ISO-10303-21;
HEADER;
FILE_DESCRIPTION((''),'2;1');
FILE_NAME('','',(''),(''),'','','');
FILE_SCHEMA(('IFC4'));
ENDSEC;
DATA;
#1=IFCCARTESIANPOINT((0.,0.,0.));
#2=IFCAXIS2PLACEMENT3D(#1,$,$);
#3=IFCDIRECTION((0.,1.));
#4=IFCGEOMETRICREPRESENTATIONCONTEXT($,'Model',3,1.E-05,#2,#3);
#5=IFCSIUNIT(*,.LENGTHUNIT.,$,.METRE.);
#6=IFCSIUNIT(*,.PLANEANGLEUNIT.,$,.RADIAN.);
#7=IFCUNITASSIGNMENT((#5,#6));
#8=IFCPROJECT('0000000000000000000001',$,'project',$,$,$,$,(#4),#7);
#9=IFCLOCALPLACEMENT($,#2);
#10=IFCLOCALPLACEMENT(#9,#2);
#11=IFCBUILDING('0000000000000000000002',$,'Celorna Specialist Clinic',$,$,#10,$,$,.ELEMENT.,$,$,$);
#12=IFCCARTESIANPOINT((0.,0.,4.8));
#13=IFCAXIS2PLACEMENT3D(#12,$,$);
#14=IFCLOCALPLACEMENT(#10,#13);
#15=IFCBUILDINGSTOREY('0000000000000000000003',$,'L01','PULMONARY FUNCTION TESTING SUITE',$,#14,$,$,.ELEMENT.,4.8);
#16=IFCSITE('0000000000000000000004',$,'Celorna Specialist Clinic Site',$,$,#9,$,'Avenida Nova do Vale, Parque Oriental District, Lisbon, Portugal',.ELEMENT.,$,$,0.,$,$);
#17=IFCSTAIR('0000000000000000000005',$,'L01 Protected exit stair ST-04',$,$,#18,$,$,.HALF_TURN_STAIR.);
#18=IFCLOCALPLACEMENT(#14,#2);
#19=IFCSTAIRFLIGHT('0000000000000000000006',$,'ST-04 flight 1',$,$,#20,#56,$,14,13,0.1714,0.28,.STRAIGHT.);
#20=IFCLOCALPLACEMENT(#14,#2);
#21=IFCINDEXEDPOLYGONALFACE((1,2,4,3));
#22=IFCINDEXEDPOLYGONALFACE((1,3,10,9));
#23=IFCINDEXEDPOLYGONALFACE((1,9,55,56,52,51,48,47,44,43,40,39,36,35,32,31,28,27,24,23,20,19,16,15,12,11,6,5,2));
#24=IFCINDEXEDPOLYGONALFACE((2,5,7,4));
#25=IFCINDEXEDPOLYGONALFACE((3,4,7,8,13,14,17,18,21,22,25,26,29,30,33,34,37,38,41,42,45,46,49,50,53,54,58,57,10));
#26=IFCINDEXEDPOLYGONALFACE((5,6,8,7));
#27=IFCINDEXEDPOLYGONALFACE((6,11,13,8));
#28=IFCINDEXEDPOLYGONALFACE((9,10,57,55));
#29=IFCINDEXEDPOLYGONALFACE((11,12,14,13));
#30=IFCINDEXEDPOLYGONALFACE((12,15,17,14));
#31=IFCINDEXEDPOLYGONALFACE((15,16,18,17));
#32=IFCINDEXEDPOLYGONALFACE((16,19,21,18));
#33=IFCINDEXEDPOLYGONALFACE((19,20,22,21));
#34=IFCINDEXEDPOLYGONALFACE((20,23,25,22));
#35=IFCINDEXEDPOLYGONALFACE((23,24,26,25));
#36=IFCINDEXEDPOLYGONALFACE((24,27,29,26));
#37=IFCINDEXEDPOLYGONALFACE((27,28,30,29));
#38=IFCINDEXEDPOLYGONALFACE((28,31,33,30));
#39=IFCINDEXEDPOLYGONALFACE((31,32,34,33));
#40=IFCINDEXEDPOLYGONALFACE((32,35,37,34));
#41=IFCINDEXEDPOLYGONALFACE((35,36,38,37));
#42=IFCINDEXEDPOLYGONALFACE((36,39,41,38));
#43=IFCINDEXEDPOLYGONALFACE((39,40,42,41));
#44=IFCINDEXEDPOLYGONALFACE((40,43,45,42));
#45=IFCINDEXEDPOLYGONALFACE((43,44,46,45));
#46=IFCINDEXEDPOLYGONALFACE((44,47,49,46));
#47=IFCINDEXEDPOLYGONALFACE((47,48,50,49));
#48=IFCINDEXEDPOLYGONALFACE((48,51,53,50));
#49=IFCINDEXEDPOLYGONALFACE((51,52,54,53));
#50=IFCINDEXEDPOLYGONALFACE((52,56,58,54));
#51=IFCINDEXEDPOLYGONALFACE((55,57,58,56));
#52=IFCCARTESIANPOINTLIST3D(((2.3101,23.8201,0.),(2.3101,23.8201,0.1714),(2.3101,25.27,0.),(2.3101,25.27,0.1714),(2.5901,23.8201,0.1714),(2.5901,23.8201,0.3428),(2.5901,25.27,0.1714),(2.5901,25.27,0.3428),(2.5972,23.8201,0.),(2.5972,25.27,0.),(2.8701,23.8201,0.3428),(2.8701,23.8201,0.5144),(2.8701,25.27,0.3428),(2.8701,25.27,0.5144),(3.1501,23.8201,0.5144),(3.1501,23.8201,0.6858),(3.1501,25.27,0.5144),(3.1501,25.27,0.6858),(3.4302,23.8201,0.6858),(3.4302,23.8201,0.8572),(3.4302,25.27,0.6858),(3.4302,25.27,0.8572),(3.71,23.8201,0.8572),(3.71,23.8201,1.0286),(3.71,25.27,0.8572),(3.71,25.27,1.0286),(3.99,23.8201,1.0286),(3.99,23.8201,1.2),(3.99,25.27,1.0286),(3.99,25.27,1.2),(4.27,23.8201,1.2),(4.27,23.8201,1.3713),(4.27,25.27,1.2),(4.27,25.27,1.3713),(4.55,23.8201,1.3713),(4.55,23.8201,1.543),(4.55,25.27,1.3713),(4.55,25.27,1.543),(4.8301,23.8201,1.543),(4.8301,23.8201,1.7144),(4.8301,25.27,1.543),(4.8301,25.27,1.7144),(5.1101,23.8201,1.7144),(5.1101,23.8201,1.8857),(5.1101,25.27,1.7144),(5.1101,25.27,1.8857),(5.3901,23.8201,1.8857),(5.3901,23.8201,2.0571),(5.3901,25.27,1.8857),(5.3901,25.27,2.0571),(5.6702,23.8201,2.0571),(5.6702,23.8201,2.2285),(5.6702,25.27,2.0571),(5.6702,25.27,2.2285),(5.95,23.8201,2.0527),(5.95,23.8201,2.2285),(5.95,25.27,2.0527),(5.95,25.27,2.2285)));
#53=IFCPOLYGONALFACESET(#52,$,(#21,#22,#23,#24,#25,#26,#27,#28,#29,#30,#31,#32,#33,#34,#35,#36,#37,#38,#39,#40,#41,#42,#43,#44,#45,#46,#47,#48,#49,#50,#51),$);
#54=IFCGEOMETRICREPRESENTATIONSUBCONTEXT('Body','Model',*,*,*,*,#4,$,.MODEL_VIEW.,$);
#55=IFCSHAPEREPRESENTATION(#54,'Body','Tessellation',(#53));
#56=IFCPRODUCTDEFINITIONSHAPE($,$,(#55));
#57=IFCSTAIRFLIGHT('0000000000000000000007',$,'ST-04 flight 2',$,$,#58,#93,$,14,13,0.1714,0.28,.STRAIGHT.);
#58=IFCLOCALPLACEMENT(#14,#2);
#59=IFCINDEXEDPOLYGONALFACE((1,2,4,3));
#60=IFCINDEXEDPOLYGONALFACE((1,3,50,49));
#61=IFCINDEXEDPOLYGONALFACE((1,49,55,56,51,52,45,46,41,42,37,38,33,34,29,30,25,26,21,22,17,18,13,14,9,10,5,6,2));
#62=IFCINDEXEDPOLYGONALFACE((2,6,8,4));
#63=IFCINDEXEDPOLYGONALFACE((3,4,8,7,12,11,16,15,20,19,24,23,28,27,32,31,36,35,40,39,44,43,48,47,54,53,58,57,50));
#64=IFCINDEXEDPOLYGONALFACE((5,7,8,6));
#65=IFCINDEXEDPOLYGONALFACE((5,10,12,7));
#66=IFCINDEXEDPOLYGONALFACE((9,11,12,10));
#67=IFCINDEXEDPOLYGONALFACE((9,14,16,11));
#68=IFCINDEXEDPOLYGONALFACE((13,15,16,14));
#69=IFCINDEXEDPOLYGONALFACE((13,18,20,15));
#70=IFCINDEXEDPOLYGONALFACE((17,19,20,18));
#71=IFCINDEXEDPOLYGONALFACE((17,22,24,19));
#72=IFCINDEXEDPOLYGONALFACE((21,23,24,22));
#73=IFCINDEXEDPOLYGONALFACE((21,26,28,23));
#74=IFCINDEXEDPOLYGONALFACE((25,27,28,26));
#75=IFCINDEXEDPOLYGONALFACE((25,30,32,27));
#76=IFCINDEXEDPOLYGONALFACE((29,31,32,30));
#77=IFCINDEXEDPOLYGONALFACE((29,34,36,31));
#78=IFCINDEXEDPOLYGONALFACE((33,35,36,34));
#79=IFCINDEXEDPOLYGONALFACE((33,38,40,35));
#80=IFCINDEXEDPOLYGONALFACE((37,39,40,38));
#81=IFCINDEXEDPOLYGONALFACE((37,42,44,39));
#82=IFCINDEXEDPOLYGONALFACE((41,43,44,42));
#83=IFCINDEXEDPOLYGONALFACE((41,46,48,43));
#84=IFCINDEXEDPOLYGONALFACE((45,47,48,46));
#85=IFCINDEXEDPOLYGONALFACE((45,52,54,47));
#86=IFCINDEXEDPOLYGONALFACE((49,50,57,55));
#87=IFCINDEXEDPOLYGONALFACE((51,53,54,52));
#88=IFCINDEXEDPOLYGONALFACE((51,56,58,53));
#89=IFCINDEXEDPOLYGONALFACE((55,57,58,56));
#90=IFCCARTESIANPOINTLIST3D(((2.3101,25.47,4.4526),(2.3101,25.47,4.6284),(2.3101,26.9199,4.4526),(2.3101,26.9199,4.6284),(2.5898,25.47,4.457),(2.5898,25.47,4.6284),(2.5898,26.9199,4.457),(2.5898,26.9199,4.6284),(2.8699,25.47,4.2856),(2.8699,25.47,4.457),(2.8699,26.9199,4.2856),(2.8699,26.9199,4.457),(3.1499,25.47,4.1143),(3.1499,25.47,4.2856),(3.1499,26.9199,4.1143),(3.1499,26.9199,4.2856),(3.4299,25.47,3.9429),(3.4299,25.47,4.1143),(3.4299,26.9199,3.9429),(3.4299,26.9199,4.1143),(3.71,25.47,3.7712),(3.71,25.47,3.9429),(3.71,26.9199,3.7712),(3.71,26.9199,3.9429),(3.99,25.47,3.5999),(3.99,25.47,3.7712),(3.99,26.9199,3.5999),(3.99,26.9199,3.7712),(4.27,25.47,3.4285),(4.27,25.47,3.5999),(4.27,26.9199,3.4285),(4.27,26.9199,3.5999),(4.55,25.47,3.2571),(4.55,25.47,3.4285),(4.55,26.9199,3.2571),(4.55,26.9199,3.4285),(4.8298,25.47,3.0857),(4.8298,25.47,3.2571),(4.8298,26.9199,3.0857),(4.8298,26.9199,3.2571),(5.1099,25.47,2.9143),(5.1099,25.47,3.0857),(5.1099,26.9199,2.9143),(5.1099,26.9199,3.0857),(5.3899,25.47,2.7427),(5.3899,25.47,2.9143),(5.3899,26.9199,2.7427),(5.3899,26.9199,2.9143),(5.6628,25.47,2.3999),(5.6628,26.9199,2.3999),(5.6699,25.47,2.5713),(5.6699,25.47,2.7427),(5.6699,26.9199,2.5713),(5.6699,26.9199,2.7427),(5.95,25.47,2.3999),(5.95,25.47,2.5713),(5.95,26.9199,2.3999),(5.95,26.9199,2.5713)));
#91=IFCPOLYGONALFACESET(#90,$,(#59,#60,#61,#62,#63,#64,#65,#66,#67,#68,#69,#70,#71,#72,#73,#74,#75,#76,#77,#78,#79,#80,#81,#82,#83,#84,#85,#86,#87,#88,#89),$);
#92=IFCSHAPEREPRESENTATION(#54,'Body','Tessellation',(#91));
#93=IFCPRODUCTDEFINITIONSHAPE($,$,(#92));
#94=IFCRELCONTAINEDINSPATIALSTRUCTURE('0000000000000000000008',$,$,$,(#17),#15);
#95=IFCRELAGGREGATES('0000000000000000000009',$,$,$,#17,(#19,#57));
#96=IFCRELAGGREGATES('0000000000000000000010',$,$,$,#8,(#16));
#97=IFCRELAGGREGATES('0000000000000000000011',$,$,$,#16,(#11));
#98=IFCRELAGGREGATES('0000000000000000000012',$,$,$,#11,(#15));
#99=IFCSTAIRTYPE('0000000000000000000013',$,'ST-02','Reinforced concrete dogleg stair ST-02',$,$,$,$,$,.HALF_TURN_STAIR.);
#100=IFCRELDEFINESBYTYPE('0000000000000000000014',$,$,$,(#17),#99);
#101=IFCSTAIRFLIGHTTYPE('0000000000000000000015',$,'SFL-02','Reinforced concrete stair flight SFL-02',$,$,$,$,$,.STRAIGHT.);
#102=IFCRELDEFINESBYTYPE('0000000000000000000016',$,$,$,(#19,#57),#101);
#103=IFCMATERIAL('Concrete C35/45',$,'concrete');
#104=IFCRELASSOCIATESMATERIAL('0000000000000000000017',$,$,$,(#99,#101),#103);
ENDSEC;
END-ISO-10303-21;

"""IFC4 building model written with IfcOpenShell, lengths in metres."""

from ifc_helpers import new_model, si_unit, direction, frame, origin, place, context, subcontext, project, spatial, polyline, outline, extrude, material, type_object, element, aggregate, save


model = new_model("IFC4")

# Units and contexts
model_context = context("Model", 3, precision=1e-05, world=origin(), true_north=direction((0.0, 1.0)))
body_context = subcontext(model_context, "Body", "Model", "MODEL_VIEW")
ifc_project = project(units=[si_unit("LENGTHUNIT", "METRE"), si_unit("PLANEANGLEUNIT", "RADIAN")], contexts=[model_context])

# Site, building, storey
site_placement = place(None, origin())
site = spatial("IfcSite", under=ifc_project, at=site_placement, Name="Celorna Specialist Clinic Site", LongName="Avenida Nova do Vale, Parque Oriental District, Lisbon, Portugal", CompositionType="ELEMENT", RefElevation=0.0)
building_placement = place(site_placement, origin())
building = spatial("IfcBuilding", under=site, at=building_placement, Name="Celorna Specialist Clinic", CompositionType="ELEMENT")
storey_placement = place(building_placement, frame((0.0, 0.0, 4.8)))
storey = spatial("IfcBuildingStorey", under=building, at=storey_placement, Name="L01", Description="PULMONARY FUNCTION TESTING SUITE", CompositionType="ELEMENT", Elevation=4.8)

# Shared definitions
ifc_material_1 = material(Name="Concrete C35/45", Category="concrete")

# Stair, stair flights
stair_type = type_object("IfcStairType", Name="ST-02", Description="Reinforced concrete dogleg stair ST-02", PredefinedType="HALF_TURN_STAIR", material=ifc_material_1)
stair_placement = place(storey_placement, origin())
stair = element("IfcStair", 1, at=stair_placement, inside=storey, type_object=stair_type, Name="L01 Protected exit stair ST-04", PredefinedType="HALF_TURN_STAIR")
stair_flight_type = type_object("IfcStairFlightType", Name="SFL-02", Description="Reinforced concrete stair flight SFL-02", PredefinedType="STRAIGHT", material=ifc_material_1)
stair_flight_1_placement = place(storey_placement, frame((2.3101, 24.5449, 0.0), z_axis=(0.0, 0.0, 1.0), x_axis=(1.0, 0.0, 0.0)))
stair_flight_1 = element("IfcStairFlight", 2, at=stair_flight_1_placement, type_object=stair_flight_type, Name="ST-04 flight 1", NumberOfRisers=14, NumberOfTreads=13, PredefinedType="STRAIGHT", RiserHeight=0.1714, TreadLength=0.28, context=body_context, shape_type="SweptSolid", body=[
    extrude(outline(polyline([(0.0, 0.0), (0.0, 0.1714), (0.28, 0.1714), (0.28, 0.3428), (0.5601, 0.3428), (0.5601, 0.5144), (0.8401, 0.5144), (0.8401, 0.6858), (1.1201, 0.6858), (1.1201, 0.8572), (1.3999, 0.8572), (1.3999, 1.0286), (1.6799, 1.0286), (1.6799, 1.2), (1.96, 1.2), (1.96, 1.3713), (2.24, 1.3713), (2.24, 1.543), (2.52, 1.543), (2.52, 1.7144), (2.8, 1.7144), (2.8, 1.8857), (3.0801, 1.8857), (3.0801, 2.0571), (3.3601, 2.0571), (3.3601, 2.2285), (3.6399, 2.2285), (3.6399, 2.3999), (3.6399, 2.0527), (0.2871, 0.0), (0.0, 0.0)])), frame((0.0, 0.7251, 0.0), z_axis=(0.0, -1.0, 0.0), x_axis=(1.0, 0.0, 0.0)), (0.0, 0.0, 1.0), 1.45),
])
stair_flight_2_placement = place(storey_placement, frame((5.95, 26.1951, 2.3999), z_axis=(0.0, 0.0, 1.0), x_axis=(-1.0, 0.0, 0.0)))
stair_flight_2 = element("IfcStairFlight", 3, at=stair_flight_2_placement, type_object=stair_flight_type, Name="ST-04 flight 2", NumberOfRisers=14, NumberOfTreads=13, PredefinedType="STRAIGHT", RiserHeight=0.1714, TreadLength=0.28, context=body_context, shape_type="SweptSolid", body=[
    extrude(outline(polyline([(0.0, 0.0), (0.0, 0.1714), (0.28, 0.1714), (0.28, 0.3428), (0.5601, 0.3428), (0.5601, 0.5144), (0.8401, 0.5144), (0.8401, 0.6858), (1.1201, 0.6858), (1.1201, 0.8572), (1.3999, 0.8572), (1.3999, 1.0286), (1.6799, 1.0286), (1.6799, 1.2), (1.96, 1.2), (1.96, 1.3713), (2.24, 1.3713), (2.24, 1.543), (2.52, 1.543), (2.52, 1.7144), (2.8, 1.7144), (2.8, 1.8857), (3.0801, 1.8857), (3.0801, 2.0571), (3.3601, 2.0571), (3.3601, 2.2285), (3.6399, 2.2285), (3.6399, 2.3999), (3.6399, 2.0527), (0.2871, 0.0), (0.0, 0.0)])), frame((0.0, 0.7251, 0.0), z_axis=(0.0, -1.0, 0.0), x_axis=(1.0, 0.0, 0.0)), (0.0, 0.0, 1.0), 1.45),
])
aggregate(stair, [stair_flight_1, stair_flight_2])

save(model, "model.ifc")
